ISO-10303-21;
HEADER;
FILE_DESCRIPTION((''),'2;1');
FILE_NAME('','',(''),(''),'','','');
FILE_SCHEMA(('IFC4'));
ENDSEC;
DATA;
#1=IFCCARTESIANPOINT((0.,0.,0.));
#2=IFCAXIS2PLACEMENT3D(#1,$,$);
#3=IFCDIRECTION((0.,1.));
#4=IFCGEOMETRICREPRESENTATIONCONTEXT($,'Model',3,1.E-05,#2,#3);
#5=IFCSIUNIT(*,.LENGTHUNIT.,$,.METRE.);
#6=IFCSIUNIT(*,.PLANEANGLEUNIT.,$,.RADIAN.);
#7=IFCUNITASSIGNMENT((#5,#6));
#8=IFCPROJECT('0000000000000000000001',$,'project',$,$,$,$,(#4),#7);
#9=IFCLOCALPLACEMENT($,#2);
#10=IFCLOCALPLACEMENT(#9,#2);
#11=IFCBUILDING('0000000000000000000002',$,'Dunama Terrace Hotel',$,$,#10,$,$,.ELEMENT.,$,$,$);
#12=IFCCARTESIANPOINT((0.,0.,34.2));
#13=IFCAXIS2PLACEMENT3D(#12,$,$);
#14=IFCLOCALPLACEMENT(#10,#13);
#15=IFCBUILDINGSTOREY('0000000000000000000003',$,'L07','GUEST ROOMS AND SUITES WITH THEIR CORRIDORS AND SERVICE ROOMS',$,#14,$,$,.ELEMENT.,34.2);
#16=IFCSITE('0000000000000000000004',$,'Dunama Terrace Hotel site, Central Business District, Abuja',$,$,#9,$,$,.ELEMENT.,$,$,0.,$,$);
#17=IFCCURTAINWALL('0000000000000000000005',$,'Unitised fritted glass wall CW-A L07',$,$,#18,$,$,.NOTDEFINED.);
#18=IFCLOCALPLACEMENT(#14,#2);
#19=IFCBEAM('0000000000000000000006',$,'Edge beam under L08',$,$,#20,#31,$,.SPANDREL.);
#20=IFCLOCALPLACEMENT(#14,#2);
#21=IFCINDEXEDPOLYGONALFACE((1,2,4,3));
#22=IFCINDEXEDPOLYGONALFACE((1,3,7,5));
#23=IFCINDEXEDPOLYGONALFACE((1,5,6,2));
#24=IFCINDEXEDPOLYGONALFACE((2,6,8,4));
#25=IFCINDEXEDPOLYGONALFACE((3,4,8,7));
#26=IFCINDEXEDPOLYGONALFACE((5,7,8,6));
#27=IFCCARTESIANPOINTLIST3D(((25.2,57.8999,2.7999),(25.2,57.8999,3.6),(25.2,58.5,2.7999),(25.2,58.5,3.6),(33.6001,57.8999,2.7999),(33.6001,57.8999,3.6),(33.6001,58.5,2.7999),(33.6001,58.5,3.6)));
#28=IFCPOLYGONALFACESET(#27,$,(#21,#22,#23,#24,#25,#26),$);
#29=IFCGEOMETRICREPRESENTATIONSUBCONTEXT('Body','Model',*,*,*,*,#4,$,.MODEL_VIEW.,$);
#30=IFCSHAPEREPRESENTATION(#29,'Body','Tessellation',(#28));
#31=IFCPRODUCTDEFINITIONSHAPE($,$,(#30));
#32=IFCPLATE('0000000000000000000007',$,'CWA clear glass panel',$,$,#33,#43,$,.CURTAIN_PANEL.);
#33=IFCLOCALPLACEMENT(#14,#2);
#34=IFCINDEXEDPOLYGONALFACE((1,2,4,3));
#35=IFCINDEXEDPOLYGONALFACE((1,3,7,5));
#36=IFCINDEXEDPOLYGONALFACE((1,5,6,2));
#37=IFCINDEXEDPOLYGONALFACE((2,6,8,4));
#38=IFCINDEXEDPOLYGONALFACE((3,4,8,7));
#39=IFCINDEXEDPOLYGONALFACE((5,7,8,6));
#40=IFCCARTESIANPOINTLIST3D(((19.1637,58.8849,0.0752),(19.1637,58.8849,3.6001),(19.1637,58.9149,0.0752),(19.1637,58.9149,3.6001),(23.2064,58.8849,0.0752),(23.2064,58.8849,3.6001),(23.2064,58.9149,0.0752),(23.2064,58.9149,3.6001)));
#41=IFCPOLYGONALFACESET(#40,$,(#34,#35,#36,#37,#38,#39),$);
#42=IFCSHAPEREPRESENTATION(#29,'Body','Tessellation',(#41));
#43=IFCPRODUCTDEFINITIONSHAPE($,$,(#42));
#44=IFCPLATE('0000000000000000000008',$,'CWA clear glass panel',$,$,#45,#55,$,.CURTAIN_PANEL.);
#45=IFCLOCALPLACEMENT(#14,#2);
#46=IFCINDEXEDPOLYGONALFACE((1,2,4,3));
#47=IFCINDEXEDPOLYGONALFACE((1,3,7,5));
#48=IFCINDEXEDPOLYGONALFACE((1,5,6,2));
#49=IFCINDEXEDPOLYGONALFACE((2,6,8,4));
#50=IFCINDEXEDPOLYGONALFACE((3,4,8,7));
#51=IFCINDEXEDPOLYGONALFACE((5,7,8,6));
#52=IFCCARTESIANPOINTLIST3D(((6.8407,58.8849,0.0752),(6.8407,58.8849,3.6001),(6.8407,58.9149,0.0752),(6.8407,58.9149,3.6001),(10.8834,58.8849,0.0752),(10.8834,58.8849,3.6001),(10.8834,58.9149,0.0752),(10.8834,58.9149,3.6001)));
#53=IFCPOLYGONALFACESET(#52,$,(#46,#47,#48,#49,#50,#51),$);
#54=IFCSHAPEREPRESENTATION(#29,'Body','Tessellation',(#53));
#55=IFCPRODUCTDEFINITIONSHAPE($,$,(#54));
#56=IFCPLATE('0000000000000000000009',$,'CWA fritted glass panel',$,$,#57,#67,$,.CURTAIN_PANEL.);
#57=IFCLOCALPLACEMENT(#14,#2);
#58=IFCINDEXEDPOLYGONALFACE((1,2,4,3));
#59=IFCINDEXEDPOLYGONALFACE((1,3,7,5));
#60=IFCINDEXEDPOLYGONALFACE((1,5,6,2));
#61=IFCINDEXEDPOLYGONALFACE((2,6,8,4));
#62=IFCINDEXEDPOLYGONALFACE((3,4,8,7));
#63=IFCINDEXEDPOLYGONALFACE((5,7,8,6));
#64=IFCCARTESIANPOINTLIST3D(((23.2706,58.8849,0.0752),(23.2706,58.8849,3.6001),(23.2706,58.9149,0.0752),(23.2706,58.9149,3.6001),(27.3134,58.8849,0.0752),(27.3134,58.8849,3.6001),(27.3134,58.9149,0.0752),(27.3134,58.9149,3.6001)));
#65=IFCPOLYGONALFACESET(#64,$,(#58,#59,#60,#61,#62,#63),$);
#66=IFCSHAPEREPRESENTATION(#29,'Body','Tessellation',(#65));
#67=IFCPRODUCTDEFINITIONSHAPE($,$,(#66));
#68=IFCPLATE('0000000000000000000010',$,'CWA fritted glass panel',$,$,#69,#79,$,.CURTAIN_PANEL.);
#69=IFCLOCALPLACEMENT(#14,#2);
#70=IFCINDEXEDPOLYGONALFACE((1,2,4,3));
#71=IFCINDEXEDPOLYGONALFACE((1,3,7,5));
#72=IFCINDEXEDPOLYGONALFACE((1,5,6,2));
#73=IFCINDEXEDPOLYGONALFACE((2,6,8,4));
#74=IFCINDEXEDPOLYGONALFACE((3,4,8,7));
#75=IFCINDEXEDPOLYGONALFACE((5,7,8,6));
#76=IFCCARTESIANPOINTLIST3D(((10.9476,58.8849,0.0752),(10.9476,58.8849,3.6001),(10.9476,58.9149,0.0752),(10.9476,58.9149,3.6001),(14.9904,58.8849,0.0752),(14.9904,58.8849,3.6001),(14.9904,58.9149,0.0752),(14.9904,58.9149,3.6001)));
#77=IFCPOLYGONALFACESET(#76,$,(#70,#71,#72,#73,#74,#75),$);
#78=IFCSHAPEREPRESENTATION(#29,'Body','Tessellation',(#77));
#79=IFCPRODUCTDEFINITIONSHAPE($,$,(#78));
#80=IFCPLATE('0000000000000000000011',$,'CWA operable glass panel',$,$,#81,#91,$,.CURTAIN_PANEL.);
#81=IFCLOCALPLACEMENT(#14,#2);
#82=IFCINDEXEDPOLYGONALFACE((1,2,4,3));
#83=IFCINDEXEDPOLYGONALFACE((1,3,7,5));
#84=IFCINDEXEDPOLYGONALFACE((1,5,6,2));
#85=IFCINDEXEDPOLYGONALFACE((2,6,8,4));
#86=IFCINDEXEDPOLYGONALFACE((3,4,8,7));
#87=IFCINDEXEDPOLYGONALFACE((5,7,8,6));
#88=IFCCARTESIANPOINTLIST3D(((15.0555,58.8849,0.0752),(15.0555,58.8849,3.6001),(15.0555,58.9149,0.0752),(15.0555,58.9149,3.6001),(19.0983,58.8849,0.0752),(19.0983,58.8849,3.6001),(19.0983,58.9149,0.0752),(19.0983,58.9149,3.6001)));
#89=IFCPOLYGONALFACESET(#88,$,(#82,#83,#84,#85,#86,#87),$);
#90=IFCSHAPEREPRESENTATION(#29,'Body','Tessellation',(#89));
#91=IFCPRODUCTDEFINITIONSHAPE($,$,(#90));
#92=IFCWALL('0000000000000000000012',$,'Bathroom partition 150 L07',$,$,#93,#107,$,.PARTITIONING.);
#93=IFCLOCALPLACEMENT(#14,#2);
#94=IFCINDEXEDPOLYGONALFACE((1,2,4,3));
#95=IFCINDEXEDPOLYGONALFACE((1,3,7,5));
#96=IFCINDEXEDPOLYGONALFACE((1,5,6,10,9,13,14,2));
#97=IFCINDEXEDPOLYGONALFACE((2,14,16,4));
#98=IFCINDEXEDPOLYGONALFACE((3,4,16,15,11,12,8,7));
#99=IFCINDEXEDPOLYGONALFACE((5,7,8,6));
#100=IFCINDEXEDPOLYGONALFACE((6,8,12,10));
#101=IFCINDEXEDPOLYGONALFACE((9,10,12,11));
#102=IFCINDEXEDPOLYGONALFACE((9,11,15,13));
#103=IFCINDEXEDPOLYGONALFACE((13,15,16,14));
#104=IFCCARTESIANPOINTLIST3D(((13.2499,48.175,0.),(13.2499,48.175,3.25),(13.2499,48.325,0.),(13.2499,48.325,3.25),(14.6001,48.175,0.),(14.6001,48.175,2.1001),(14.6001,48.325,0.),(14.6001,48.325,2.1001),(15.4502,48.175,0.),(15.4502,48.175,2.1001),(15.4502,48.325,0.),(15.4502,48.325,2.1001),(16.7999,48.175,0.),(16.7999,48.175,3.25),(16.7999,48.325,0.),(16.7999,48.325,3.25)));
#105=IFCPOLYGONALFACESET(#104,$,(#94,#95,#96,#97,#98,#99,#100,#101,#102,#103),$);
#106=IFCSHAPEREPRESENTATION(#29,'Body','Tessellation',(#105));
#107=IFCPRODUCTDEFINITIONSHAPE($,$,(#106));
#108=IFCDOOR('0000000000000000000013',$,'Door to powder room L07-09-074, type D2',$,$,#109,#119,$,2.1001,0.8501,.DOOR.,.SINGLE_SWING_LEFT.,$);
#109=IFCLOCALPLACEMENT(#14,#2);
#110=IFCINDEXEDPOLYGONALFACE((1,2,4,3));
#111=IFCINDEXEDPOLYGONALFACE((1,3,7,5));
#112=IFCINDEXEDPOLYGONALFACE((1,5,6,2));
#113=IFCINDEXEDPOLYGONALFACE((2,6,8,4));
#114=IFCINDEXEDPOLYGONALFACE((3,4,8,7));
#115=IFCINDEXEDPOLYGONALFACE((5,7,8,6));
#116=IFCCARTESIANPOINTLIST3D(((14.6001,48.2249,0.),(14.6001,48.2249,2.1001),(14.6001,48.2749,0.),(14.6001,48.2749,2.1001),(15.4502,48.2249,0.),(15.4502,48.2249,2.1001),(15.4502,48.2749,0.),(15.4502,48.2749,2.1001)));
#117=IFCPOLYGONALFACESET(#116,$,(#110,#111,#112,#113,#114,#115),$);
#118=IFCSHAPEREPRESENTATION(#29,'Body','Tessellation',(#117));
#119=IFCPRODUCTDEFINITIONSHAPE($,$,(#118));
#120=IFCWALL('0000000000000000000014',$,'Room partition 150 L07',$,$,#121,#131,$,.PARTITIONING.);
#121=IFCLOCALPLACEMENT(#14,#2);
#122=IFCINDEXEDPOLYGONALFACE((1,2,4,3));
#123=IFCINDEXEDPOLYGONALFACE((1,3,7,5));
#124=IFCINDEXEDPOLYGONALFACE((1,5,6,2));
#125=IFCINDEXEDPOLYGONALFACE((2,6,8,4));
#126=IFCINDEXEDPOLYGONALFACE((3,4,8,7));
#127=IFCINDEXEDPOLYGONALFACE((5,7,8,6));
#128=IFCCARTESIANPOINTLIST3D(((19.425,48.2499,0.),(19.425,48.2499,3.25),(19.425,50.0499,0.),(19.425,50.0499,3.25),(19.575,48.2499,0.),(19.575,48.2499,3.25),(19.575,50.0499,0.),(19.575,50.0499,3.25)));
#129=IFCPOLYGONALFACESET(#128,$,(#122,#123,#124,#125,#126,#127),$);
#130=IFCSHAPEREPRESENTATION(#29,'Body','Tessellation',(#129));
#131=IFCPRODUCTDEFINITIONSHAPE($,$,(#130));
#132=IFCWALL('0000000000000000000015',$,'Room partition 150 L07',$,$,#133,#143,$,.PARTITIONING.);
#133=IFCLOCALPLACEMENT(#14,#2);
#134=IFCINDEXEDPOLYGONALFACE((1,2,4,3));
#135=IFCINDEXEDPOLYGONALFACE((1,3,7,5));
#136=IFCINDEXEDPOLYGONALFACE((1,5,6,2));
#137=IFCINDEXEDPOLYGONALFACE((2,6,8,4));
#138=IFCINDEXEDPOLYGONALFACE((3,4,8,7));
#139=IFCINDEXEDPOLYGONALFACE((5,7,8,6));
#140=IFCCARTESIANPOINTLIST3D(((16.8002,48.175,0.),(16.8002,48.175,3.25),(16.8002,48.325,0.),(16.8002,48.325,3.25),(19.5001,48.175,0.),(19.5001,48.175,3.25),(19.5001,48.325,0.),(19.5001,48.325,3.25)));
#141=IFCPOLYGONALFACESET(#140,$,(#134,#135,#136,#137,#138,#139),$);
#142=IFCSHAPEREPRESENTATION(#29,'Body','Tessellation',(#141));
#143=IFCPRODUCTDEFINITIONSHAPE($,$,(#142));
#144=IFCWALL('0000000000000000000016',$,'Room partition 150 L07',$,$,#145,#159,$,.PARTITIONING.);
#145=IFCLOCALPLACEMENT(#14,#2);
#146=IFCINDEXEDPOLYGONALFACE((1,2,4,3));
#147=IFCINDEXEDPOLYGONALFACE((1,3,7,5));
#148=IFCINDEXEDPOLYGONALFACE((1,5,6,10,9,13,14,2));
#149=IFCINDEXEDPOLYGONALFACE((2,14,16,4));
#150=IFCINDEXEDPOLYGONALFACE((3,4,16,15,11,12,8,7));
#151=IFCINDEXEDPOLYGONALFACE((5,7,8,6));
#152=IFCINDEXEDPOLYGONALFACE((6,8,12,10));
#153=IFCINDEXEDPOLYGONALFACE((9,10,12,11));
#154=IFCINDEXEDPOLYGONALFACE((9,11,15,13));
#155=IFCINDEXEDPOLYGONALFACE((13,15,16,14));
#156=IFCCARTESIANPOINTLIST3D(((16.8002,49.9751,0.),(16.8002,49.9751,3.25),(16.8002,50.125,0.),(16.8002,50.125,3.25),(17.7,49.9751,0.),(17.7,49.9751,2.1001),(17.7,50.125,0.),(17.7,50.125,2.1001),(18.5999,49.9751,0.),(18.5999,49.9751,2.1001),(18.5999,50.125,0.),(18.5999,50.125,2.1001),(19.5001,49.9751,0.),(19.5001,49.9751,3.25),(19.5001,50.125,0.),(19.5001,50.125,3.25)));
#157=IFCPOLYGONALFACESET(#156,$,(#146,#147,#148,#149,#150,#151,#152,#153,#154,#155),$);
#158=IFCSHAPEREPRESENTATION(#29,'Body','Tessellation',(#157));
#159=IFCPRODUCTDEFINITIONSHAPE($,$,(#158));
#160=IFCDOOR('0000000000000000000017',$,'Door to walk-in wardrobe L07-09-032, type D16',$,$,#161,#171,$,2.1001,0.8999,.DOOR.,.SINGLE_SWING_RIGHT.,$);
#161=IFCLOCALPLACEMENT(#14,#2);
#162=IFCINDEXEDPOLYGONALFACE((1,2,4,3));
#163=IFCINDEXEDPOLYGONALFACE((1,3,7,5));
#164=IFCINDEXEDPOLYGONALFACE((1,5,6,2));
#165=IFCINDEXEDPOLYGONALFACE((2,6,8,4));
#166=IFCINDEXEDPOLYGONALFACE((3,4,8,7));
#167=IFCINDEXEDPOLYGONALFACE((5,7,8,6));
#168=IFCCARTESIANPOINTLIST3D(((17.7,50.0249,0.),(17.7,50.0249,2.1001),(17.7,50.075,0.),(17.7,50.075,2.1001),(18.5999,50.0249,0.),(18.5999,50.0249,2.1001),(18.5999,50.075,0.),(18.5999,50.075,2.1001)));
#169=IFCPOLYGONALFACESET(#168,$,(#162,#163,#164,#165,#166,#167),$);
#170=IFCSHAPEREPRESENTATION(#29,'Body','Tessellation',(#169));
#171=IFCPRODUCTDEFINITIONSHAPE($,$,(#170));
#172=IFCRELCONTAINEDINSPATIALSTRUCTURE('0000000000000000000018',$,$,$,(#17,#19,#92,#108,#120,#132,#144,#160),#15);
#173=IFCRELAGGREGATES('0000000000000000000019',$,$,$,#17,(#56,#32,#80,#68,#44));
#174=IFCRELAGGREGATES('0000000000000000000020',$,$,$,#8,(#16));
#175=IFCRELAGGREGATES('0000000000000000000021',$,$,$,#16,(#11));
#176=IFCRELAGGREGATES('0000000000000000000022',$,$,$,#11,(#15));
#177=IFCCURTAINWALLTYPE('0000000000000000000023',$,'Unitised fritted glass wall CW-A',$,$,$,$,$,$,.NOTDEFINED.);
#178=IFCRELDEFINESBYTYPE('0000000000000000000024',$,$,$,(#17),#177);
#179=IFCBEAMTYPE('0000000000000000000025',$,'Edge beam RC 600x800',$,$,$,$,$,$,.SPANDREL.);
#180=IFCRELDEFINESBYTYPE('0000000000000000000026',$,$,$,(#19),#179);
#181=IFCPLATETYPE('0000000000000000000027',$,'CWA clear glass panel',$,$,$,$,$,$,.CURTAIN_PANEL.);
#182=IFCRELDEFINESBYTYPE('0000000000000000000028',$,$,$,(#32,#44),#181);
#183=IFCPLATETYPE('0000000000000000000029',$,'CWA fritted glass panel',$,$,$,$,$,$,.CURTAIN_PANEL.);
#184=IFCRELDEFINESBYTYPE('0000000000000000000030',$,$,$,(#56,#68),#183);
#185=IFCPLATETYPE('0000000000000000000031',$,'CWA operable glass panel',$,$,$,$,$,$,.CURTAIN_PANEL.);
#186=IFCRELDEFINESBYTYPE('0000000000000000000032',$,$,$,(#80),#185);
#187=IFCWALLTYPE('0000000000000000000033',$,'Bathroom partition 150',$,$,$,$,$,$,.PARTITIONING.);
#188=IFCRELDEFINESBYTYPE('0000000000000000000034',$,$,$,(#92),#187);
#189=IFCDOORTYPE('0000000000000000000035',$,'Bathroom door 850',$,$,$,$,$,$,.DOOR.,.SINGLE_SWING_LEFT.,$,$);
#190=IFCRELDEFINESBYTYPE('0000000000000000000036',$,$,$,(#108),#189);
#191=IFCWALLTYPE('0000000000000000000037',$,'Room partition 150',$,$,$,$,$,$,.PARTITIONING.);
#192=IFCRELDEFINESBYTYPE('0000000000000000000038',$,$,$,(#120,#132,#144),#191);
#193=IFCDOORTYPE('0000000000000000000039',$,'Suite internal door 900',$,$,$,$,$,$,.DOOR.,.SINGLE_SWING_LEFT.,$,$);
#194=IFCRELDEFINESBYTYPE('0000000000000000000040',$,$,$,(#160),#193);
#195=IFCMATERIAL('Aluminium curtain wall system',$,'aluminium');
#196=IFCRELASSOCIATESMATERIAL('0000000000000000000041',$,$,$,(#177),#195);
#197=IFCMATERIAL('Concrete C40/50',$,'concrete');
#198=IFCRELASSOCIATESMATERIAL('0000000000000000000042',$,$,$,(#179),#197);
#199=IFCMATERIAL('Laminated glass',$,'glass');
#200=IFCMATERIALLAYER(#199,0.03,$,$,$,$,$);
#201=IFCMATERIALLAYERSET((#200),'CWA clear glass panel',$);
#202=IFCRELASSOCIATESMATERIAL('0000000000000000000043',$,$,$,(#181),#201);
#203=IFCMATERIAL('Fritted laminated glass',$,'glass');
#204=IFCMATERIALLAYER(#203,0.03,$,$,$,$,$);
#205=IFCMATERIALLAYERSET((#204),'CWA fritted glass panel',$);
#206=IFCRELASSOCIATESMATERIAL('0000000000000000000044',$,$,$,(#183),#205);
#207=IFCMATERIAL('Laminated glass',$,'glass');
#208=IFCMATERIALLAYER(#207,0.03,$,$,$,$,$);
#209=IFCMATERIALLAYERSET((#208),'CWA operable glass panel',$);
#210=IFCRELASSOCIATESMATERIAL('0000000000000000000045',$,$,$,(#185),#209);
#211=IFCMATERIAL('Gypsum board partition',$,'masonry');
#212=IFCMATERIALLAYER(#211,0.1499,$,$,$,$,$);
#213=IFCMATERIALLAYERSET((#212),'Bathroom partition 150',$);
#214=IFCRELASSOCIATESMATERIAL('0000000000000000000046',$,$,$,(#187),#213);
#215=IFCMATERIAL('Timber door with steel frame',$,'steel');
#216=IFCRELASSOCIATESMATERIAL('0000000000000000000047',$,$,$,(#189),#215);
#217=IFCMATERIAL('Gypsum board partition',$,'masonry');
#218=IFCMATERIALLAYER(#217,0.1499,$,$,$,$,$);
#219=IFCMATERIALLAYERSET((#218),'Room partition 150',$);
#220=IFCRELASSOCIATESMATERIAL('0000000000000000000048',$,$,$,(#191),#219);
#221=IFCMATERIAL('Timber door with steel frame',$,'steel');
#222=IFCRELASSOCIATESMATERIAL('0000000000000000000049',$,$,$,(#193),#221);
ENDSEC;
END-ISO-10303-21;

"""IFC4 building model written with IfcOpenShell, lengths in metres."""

from ifc_helpers import new_model, si_unit, direction, frame, frame_2d, origin, origin_2d, place, context, subcontext, project, spatial, rectangle, extrude, material, layer, layer_set, material_profile, profile_set, type_object, element, fill, aggregate, save


model = new_model("IFC4")

# Units and contexts
model_context = context("Model", 3, precision=1e-05, world=origin(), true_north=direction((0.0, 1.0)))
body_context = subcontext(model_context, "Body", "Model", "MODEL_VIEW")
ifc_project = project(units=[si_unit("LENGTHUNIT", "METRE"), si_unit("PLANEANGLEUNIT", "RADIAN")], contexts=[model_context])

# Site, building, storey
site_placement = place(None, origin())
site = spatial("IfcSite", under=ifc_project, at=site_placement, Name="Dunama Terrace Hotel site, Central Business District, Abuja", CompositionType="ELEMENT", RefElevation=0.0)
building_placement = place(site_placement, origin())
building = spatial("IfcBuilding", under=site, at=building_placement, Name="Dunama Terrace Hotel", CompositionType="ELEMENT")
storey_placement = place(building_placement, frame((0.0, 0.0, 34.2)))
storey = spatial("IfcBuildingStorey", under=building, at=storey_placement, Name="L07", Description="GUEST ROOMS AND SUITES WITH THEIR CORRIDORS AND SERVICE ROOMS", CompositionType="ELEMENT", Elevation=34.2)

# Curtain wall
ifc_material_1 = material(Name="Aluminium curtain wall system", Category="aluminium")
curtain_wall_type = type_object("IfcCurtainWallType", Name="Unitised fritted glass wall CW-A", PredefinedType="NOTDEFINED", material=ifc_material_1)
curtain_wall_placement = place(storey_placement, origin())
curtain_wall = element("IfcCurtainWall", 1, at=curtain_wall_placement, inside=storey, type_object=curtain_wall_type, Name="Unitised fritted glass wall CW-A L07", PredefinedType="NOTDEFINED")

# Beam
ifc_material_2 = material(Name="Concrete C40/50", Category="concrete")
ifc_material_profile_1 = material_profile(ifc_material_2, rectangle(XDim=0.6001, YDim=0.8, at=origin_2d()), Name="RC 600x800")
ifc_profile_set_1 = profile_set([ifc_material_profile_1], Name="Concrete C40/50")
beam_type = type_object("IfcBeamType", Name="Edge beam RC 600x800", PredefinedType="SPANDREL", material=ifc_profile_set_1)
beam_1_placement = place(storey_placement, frame((25.2, 58.2, 3.2), z_axis=(1.0, 0.0, 0.0), x_axis=(0.0, 1.0, 0.0)))
element("IfcBeam", 2, at=beam_1_placement, inside=storey, type_object=beam_type, Name="Edge beam under L08", PredefinedType="SPANDREL", context=body_context, shape_type="SweptSolid", body=[
    extrude(rectangle(XDim=0.6001, YDim=0.8, at=origin_2d()), origin(), (0.0, 0.0, 1.0), 8.4001),
])

# Plates
ifc_material_3 = material(Name="Laminated glass", Category="glass")
ifc_layer_1 = layer(ifc_material_3, 0.03)
ifc_layer_set_1 = layer_set([ifc_layer_1], Name="CWA clear glass panel")
plate_type_1 = type_object("IfcPlateType", Name="CWA clear glass panel", PredefinedType="CURTAIN_PANEL", material=ifc_layer_set_1)
plate_1_placement = place(storey_placement, frame((21.1851, 58.8999, 0.0752), z_axis=(0.0, 0.0, 1.0), x_axis=(-1.0, 0.0, 0.0)))
plate_1 = element("IfcPlate", 3, at=plate_1_placement, type_object=plate_type_1, Name="CWA clear glass panel", PredefinedType="CURTAIN_PANEL", context=body_context, shape_type="SweptSolid", body=[
    extrude(rectangle(XDim=4.0427, YDim=0.03, at=origin_2d()), origin(), (0.0, 0.0, 1.0), 3.5249),
])
plate_2_placement = place(storey_placement, frame((8.8621, 58.8999, 0.0752), z_axis=(0.0, 0.0, 1.0), x_axis=(-1.0, 0.0, 0.0)))
plate_2 = element("IfcPlate", 4, at=plate_2_placement, type_object=plate_type_1, Name="CWA clear glass panel", PredefinedType="CURTAIN_PANEL", context=body_context, shape_type="SweptSolid", body=[
    extrude(rectangle(XDim=4.0427, YDim=0.03, at=origin_2d()), origin(), (0.0, 0.0, 1.0), 3.5249),
])
ifc_material_4 = material(Name="Fritted laminated glass", Category="glass")
ifc_layer_2 = layer(ifc_material_4, 0.03)
ifc_layer_set_2 = layer_set([ifc_layer_2], Name="CWA fritted glass panel")
plate_type_2 = type_object("IfcPlateType", Name="CWA fritted glass panel", PredefinedType="CURTAIN_PANEL", material=ifc_layer_set_2)
plate_3_placement = place(storey_placement, frame((25.292, 58.8999, 0.0752), z_axis=(0.0, 0.0, 1.0), x_axis=(-1.0, 0.0, 0.0)))
plate_3 = element("IfcPlate", 5, at=plate_3_placement, type_object=plate_type_2, Name="CWA fritted glass panel", PredefinedType="CURTAIN_PANEL", context=body_context, shape_type="SweptSolid", body=[
    extrude(rectangle(XDim=4.0427, YDim=0.03, at=origin_2d()), origin(), (0.0, 0.0, 1.0), 3.5249),
])
plate_4_placement = place(storey_placement, frame((12.969, 58.8999, 0.0752), z_axis=(0.0, 0.0, 1.0), x_axis=(-1.0, 0.0, 0.0)))
plate_4 = element("IfcPlate", 6, at=plate_4_placement, type_object=plate_type_2, Name="CWA fritted glass panel", PredefinedType="CURTAIN_PANEL", context=body_context, shape_type="SweptSolid", body=[
    extrude(rectangle(XDim=4.0427, YDim=0.03, at=origin_2d()), origin(), (0.0, 0.0, 1.0), 3.5249),
])
ifc_material_5 = material(Name="Laminated glass", Category="glass")
ifc_layer_3 = layer(ifc_material_5, 0.03)
ifc_layer_set_3 = layer_set([ifc_layer_3], Name="CWA operable glass panel")
plate_type_3 = type_object("IfcPlateType", Name="CWA operable glass panel", PredefinedType="CURTAIN_PANEL", material=ifc_layer_set_3)
plate_5_placement = place(storey_placement, frame((17.0769, 58.8999, 0.0752), z_axis=(0.0, 0.0, 1.0), x_axis=(-1.0, 0.0, 0.0)))
plate_5 = element("IfcPlate", 7, at=plate_5_placement, type_object=plate_type_3, Name="CWA operable glass panel", PredefinedType="CURTAIN_PANEL", context=body_context, shape_type="SweptSolid", body=[
    extrude(rectangle(XDim=4.0427, YDim=0.03, at=origin_2d()), origin(), (0.0, 0.0, 1.0), 3.5249),
])
aggregate(curtain_wall, [plate_3, plate_1, plate_5, plate_4, plate_2])

# Wall, opening, door
ifc_material_6 = material(Name="Gypsum board partition", Category="masonry")
ifc_layer_4 = layer(ifc_material_6, 0.1499)
ifc_layer_set_4 = layer_set([ifc_layer_4], Name="Bathroom partition 150")
wall_type_1 = type_object("IfcWallType", Name="Bathroom partition 150", PredefinedType="PARTITIONING", material=ifc_layer_set_4)
wall_1_placement = place(storey_placement, frame((13.25, 48.25, 0.0), z_axis=(0.0, 0.0, 1.0), x_axis=(1.0, 0.0, 0.0)))
wall_1 = element("IfcWall", 8, at=wall_1_placement, inside=storey, type_object=wall_type_1, Name="Bathroom partition 150 L07", PredefinedType="PARTITIONING", context=body_context, shape_type="SweptSolid", body=[
    extrude(rectangle(XDim=3.55, YDim=0.1499, at=frame_2d((1.7749, 0.0))), origin(), (0.0, 0.0, 1.0), 3.25),
])
opening_1_placement = place(wall_1_placement, frame((1.3501, 0.0, 0.0)))
opening_1 = element("IfcOpeningElement", 9, at=opening_1_placement, cuts=wall_1, PredefinedType="OPENING", context=body_context, shape_type="SweptSolid", body=[
    extrude(rectangle(XDim=0.8501, YDim=2.1001, at=frame_2d((0.425, 1.05))), frame((0.0, 0.085, 0.0), z_axis=(0.0, -1.0, 0.0), x_axis=(1.0, 0.0, 0.0)), (0.0, 0.0, 1.0), 0.1699),
])
ifc_material_7 = material(Name="Timber door with steel frame", Category="steel")
door_type_1 = type_object("IfcDoorType", Name="Bathroom door 850", OperationType="SINGLE_SWING_LEFT", PredefinedType="DOOR", material=ifc_material_7)
door_1_placement = place(opening_1_placement, frame((0.8501, 0.0, 0.0), z_axis=(0.0, 0.0, 1.0), x_axis=(-1.0, 0.0, 0.0)))
door_1 = element("IfcDoor", 10, at=door_1_placement, inside=storey, type_object=door_type_1, Name="Door to powder room L07-09-074, type D2", OperationType="SINGLE_SWING_LEFT", OverallHeight=2.1001, OverallWidth=0.8501, PredefinedType="DOOR", context=body_context, shape_type="SweptSolid", body=[
    extrude(rectangle(XDim=0.8501, YDim=2.1001, at=frame_2d((0.425, 1.05))), frame((0.0, 0.0251, 0.0), z_axis=(0.0, -1.0, 0.0), x_axis=(1.0, 0.0, 0.0)), (0.0, 0.0, 1.0), 0.05),
])
fill(opening_1, door_1)

# Walls
ifc_material_8 = material(Name="Gypsum board partition", Category="masonry")
ifc_layer_5 = layer(ifc_material_8, 0.1499)
ifc_layer_set_5 = layer_set([ifc_layer_5], Name="Room partition 150")
wall_type_2 = type_object("IfcWallType", Name="Room partition 150", PredefinedType="PARTITIONING", material=ifc_layer_set_5)
wall_2_placement = place(storey_placement, frame((19.5, 48.25, 0.0), z_axis=(0.0, 0.0, 1.0), x_axis=(0.0, 1.0, 0.0)))
element("IfcWall", 11, at=wall_2_placement, inside=storey, type_object=wall_type_2, Name="Room partition 150 L07", PredefinedType="PARTITIONING", context=body_context, shape_type="SweptSolid", body=[
    extrude(rectangle(XDim=1.8, YDim=0.1499, at=frame_2d((0.8999, 0.0))), origin(), (0.0, 0.0, 1.0), 3.25),
])
wall_3_placement = place(storey_placement, frame((16.8, 48.25, 0.0), z_axis=(0.0, 0.0, 1.0), x_axis=(1.0, 0.0, 0.0)))
element("IfcWall", 12, at=wall_3_placement, inside=storey, type_object=wall_type_2, Name="Room partition 150 L07", PredefinedType="PARTITIONING", context=body_context, shape_type="SweptSolid", body=[
    extrude(rectangle(XDim=2.7, YDim=0.1499, at=frame_2d((1.3501, 0.0))), origin(), (0.0, 0.0, 1.0), 3.25),
])

# Wall, opening, door
wall_4_placement = place(storey_placement, frame((16.8, 50.05, 0.0), z_axis=(0.0, 0.0, 1.0), x_axis=(1.0, 0.0, 0.0)))
wall_4 = element("IfcWall", 13, at=wall_4_placement, inside=storey, type_object=wall_type_2, Name="Room partition 150 L07", PredefinedType="PARTITIONING", context=body_context, shape_type="SweptSolid", body=[
    extrude(rectangle(XDim=2.7, YDim=0.1499, at=frame_2d((1.3501, 0.0))), origin(), (0.0, 0.0, 1.0), 3.25),
])
opening_2_placement = place(wall_4_placement, frame((0.8999, 0.0, 0.0)))
opening_2 = element("IfcOpeningElement", 14, at=opening_2_placement, cuts=wall_4, PredefinedType="OPENING", context=body_context, shape_type="SweptSolid", body=[
    extrude(rectangle(XDim=0.8999, YDim=2.1001, at=frame_2d((0.45, 1.05))), frame((0.0, 0.085, 0.0), z_axis=(0.0, -1.0, 0.0), x_axis=(1.0, 0.0, 0.0)), (0.0, 0.0, 1.0), 0.1699),
])
ifc_material_9 = material(Name="Timber door with steel frame", Category="steel")
door_type_2 = type_object("IfcDoorType", Name="Suite internal door 900", OperationType="SINGLE_SWING_LEFT", PredefinedType="DOOR", material=ifc_material_9)
door_2_placement = place(opening_2_placement, frame((0.8999, 0.0, 0.0), z_axis=(0.0, 0.0, 1.0), x_axis=(-1.0, 0.0, 0.0)))
door_2 = element("IfcDoor", 15, at=door_2_placement, inside=storey, type_object=door_type_2, Name="Door to walk-in wardrobe L07-09-032, type D16", OperationType="SINGLE_SWING_RIGHT", OverallHeight=2.1001, OverallWidth=0.8999, PredefinedType="DOOR", context=body_context, shape_type="SweptSolid", body=[
    extrude(rectangle(XDim=0.8999, YDim=2.1001, at=frame_2d((0.45, 1.05))), frame((0.0, 0.0251, 0.0), z_axis=(0.0, -1.0, 0.0), x_axis=(1.0, 0.0, 0.0)), (0.0, 0.0, 1.0), 0.05),
])
fill(opening_2, door_2)

save(model, "model.ifc")
